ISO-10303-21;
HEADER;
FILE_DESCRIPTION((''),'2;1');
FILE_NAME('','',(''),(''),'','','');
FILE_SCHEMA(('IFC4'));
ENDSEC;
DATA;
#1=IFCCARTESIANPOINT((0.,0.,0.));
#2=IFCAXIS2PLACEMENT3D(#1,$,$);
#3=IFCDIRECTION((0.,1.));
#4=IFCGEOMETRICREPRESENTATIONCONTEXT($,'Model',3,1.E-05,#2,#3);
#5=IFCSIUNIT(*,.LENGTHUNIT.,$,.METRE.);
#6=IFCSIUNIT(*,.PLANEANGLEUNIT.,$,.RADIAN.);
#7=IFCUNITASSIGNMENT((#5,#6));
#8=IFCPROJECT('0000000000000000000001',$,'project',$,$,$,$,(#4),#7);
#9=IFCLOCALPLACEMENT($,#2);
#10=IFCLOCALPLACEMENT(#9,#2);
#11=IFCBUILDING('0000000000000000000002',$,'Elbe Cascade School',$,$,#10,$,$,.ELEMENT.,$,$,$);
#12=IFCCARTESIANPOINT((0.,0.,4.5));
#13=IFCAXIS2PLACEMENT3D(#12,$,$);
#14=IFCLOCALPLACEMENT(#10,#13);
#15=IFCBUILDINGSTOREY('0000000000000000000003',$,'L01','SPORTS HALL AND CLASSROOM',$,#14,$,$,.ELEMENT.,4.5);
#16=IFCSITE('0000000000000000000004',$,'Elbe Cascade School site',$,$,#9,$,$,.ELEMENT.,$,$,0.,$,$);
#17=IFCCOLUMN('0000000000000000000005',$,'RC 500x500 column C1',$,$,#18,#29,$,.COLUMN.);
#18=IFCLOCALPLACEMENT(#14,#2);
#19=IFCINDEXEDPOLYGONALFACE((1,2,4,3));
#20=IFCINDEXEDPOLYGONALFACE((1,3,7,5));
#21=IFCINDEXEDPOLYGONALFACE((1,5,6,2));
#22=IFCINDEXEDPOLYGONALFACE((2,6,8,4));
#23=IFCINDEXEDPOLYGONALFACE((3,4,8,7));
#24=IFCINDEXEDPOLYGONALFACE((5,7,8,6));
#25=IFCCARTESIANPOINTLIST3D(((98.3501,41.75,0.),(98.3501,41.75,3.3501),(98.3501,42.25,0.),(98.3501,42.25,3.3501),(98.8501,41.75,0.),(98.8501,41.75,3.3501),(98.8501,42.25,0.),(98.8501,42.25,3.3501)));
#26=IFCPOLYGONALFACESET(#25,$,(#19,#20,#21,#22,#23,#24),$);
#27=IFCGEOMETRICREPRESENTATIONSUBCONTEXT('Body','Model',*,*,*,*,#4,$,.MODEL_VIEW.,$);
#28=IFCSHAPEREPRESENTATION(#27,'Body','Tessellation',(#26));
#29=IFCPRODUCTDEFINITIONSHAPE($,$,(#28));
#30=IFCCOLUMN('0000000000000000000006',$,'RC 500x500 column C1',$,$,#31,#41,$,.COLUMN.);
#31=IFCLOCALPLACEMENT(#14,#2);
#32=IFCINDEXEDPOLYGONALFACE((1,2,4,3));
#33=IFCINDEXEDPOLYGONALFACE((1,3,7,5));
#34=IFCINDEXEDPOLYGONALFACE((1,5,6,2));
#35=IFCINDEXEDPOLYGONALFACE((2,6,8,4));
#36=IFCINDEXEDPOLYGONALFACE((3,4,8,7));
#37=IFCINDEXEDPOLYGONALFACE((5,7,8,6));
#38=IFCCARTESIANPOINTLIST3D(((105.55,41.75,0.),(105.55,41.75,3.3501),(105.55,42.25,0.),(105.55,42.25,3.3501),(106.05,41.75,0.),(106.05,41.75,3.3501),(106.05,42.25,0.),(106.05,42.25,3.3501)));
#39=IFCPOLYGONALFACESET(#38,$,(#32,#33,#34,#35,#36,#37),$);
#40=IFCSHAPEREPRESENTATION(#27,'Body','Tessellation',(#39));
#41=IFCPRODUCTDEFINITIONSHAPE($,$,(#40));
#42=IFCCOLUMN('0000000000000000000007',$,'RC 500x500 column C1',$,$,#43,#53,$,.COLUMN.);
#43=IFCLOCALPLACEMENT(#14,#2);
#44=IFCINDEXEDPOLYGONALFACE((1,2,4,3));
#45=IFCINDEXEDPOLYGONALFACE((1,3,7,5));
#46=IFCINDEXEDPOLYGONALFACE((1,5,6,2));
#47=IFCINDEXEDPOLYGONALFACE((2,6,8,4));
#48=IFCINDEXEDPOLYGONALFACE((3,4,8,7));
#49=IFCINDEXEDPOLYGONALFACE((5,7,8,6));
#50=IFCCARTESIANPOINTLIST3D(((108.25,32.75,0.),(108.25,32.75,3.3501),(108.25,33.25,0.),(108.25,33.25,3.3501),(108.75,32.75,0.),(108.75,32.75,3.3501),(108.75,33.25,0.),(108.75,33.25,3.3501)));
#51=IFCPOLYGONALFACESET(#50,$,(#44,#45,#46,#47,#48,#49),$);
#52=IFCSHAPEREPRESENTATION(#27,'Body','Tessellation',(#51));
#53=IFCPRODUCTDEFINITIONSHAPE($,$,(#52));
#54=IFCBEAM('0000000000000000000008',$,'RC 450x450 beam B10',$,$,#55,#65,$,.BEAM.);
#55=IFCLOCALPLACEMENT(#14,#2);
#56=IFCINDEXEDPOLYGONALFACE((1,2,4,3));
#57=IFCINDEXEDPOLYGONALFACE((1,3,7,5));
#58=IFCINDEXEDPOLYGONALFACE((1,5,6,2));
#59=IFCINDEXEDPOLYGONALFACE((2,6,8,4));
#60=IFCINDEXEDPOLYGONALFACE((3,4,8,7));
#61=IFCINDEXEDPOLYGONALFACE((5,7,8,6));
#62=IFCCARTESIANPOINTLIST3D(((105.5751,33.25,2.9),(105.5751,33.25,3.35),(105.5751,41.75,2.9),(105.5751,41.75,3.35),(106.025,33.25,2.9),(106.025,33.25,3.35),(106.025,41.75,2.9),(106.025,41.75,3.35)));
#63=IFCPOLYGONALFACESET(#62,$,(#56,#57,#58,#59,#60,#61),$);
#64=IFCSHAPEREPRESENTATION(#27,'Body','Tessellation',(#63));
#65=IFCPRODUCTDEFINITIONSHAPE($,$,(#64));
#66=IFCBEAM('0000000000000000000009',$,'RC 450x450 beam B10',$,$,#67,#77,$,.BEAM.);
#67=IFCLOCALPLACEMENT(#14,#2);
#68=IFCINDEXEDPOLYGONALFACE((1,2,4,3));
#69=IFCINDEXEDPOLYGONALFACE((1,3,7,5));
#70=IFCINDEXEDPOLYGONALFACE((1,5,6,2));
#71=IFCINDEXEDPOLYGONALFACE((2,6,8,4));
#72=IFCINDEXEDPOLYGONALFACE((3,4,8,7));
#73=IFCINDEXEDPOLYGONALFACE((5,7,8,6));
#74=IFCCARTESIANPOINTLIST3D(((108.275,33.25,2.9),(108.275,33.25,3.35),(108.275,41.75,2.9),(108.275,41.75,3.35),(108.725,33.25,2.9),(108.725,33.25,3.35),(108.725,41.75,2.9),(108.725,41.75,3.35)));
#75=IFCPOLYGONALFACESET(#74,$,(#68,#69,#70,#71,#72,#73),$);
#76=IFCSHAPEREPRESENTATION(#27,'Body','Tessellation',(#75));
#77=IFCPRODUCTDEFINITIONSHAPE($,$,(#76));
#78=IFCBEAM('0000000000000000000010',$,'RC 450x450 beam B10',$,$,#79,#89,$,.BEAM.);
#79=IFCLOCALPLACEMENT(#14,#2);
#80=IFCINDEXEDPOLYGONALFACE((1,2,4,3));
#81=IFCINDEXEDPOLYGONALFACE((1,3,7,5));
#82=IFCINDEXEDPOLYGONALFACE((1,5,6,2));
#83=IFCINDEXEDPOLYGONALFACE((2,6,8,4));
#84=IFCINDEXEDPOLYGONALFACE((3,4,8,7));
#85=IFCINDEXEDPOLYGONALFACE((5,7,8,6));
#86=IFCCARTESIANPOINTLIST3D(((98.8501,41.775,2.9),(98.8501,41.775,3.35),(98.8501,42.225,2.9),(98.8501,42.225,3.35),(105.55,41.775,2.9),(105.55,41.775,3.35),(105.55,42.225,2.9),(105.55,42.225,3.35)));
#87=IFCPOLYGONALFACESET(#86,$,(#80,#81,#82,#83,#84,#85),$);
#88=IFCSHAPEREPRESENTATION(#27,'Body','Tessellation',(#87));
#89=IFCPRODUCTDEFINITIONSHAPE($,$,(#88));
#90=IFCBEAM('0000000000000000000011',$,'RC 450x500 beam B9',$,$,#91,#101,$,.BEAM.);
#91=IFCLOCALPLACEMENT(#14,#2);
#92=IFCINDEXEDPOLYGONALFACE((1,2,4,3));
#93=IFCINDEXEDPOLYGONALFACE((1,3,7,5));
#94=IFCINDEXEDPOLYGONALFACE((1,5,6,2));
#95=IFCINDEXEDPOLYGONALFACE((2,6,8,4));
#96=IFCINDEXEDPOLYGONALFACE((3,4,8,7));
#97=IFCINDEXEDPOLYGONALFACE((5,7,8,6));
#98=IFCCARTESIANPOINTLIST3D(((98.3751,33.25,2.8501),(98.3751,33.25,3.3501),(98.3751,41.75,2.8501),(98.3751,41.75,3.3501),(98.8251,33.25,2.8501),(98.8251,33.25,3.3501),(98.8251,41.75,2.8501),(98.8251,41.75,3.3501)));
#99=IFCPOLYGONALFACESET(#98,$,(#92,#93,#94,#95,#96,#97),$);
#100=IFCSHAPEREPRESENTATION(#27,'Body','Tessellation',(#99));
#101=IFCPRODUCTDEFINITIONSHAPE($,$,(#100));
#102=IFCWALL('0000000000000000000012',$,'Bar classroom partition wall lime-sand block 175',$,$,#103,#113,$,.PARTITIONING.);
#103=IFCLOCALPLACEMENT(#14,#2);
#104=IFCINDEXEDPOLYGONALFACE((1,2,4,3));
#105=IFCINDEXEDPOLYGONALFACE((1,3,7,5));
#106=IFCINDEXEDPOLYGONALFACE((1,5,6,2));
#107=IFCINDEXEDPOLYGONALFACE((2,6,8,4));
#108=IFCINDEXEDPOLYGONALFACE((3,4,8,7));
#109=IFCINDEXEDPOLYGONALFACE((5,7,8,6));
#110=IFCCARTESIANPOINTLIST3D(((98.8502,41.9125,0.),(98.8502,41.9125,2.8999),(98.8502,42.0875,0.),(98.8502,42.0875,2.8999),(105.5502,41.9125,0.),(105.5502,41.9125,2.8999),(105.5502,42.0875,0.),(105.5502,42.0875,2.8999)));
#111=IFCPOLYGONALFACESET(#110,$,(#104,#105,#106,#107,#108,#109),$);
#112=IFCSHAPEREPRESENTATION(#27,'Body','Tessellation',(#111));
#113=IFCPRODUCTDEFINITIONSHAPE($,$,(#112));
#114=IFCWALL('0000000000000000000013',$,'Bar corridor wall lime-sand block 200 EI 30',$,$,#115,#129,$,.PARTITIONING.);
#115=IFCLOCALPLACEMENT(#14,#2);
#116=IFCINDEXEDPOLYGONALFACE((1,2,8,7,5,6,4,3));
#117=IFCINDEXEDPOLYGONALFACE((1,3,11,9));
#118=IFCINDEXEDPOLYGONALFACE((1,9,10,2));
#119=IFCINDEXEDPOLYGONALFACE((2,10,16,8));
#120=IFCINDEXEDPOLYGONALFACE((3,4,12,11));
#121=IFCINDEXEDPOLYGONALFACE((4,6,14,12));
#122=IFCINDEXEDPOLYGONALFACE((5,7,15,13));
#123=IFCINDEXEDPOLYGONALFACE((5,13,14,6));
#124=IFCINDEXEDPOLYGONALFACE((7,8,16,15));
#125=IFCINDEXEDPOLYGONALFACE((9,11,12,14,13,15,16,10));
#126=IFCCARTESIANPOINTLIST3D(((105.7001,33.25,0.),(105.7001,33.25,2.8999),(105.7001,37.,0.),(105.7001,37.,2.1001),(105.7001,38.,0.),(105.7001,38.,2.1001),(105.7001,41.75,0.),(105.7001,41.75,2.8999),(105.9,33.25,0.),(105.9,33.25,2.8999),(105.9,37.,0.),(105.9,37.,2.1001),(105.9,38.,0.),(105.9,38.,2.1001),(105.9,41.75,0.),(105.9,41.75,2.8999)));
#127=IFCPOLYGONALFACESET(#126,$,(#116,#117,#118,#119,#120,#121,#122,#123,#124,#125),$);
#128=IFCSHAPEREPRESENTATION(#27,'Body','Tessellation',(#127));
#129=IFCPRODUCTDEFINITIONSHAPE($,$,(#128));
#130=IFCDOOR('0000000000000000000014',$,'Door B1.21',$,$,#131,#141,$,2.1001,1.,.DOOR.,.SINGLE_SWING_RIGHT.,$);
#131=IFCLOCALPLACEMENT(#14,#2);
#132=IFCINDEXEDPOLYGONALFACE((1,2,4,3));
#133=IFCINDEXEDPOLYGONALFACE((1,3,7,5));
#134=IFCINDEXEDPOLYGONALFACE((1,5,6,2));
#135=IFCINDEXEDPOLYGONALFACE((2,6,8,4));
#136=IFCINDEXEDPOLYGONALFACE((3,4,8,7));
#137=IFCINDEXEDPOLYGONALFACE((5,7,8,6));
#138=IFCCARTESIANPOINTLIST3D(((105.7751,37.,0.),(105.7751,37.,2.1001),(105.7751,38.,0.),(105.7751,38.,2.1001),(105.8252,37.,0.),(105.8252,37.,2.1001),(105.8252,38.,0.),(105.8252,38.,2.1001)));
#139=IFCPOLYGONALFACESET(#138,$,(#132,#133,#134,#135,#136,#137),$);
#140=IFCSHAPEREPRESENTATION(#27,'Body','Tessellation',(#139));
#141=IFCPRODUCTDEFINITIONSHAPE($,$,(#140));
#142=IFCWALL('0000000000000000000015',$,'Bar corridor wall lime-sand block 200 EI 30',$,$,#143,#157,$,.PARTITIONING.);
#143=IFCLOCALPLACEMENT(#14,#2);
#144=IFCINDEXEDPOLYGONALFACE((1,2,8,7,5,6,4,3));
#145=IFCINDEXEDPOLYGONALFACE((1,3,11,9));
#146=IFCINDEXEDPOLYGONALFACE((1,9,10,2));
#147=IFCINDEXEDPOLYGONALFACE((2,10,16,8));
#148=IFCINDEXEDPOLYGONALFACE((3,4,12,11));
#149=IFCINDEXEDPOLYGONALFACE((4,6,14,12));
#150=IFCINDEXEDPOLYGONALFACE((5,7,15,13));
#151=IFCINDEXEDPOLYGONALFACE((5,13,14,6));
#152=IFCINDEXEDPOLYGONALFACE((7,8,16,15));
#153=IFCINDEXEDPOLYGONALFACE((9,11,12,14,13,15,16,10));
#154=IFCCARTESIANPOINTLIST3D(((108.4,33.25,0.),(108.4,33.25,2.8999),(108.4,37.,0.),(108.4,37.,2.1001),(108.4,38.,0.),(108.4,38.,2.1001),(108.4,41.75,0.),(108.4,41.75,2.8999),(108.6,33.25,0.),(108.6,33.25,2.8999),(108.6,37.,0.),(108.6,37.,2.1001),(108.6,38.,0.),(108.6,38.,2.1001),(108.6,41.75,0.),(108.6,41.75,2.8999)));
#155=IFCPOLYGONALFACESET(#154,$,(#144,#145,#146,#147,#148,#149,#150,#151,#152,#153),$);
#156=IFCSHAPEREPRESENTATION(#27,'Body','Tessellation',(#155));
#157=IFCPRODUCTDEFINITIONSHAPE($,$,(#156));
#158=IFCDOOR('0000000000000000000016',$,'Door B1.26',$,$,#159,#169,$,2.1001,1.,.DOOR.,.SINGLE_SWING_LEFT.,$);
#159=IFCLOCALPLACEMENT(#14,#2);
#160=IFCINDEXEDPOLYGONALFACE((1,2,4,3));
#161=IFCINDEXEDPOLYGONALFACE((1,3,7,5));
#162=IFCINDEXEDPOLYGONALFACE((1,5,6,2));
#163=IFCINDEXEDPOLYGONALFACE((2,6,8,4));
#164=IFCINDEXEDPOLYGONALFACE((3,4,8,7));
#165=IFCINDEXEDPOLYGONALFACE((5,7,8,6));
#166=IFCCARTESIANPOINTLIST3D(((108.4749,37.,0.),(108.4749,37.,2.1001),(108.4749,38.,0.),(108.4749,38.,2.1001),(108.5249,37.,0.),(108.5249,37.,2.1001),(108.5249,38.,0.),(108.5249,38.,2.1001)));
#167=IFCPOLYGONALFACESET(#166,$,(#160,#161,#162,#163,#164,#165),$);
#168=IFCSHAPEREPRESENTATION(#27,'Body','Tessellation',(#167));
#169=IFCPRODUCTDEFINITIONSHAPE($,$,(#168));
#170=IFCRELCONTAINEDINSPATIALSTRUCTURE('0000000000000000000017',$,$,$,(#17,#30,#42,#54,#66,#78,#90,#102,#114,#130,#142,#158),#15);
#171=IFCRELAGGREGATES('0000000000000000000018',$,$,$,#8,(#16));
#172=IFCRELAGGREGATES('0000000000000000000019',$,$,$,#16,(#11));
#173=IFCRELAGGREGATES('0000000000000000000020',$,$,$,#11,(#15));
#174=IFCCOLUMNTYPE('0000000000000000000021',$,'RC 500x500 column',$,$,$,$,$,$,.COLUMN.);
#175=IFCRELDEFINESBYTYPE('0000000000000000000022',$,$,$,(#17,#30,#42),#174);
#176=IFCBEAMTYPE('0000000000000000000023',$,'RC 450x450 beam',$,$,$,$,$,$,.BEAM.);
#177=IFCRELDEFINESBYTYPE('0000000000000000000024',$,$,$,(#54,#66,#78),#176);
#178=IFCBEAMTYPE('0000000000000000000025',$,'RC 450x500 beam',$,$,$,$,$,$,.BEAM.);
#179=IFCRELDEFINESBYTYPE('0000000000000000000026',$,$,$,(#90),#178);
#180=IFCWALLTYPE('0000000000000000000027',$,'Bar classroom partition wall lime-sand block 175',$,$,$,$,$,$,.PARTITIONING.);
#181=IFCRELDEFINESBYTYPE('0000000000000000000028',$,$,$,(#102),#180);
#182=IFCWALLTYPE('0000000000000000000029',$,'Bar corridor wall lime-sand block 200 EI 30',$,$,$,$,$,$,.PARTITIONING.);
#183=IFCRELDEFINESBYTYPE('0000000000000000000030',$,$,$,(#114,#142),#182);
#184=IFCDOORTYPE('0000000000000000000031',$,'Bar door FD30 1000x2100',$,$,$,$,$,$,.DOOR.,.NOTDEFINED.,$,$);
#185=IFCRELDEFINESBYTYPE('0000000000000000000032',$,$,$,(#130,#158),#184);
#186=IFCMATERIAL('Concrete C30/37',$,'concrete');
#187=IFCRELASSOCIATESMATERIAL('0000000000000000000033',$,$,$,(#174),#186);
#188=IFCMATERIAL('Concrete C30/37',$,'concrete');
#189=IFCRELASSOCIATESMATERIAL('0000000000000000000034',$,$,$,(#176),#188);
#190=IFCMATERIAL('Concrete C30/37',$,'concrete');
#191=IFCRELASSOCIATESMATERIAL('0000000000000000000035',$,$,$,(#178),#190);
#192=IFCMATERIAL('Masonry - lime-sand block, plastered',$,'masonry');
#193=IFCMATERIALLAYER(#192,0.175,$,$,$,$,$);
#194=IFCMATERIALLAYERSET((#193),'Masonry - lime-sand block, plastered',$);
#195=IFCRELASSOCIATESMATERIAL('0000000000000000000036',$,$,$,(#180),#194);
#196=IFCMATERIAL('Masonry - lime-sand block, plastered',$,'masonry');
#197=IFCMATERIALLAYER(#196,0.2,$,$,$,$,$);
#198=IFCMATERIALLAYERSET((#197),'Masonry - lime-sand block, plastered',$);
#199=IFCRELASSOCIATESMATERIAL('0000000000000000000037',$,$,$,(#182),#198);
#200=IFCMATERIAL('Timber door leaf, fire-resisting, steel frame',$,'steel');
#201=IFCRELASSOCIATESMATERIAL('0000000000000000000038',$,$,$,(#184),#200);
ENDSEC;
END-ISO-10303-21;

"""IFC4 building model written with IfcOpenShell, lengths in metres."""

from ifc_helpers import new_model, si_unit, direction, frame, frame_2d, origin, origin_2d, place, context, subcontext, project, spatial, rectangle, extrude, material, layer, layer_set, material_profile, profile_set, type_object, element, fill, save


model = new_model("IFC4")

# Units and contexts
model_context = context("Model", 3, precision=1e-05, world=origin(), true_north=direction((0.0, 1.0)))
body_context = subcontext(model_context, "Body", "Model", "MODEL_VIEW")
ifc_project = project(units=[si_unit("LENGTHUNIT", "METRE"), si_unit("PLANEANGLEUNIT", "RADIAN")], contexts=[model_context])

# Site, building, storey
site_placement = place(None, origin())
site = spatial("IfcSite", under=ifc_project, at=site_placement, Name="Elbe Cascade School site", CompositionType="ELEMENT", RefElevation=0.0)
building_placement = place(site_placement, origin())
building = spatial("IfcBuilding", under=site, at=building_placement, Name="Elbe Cascade School", CompositionType="ELEMENT")
storey_placement = place(building_placement, frame((0.0, 0.0, 4.5)))
storey = spatial("IfcBuildingStorey", under=building, at=storey_placement, Name="L01", Description="SPORTS HALL AND CLASSROOM", CompositionType="ELEMENT", Elevation=4.5)

# Columns
ifc_material_1 = material(Name="Concrete C30/37", Category="concrete")
ifc_material_profile_1 = material_profile(ifc_material_1, rectangle(XDim=0.5, YDim=0.5, at=origin_2d()), Name="RC 500x500")
ifc_profile_set_1 = profile_set([ifc_material_profile_1], Name="Concrete C30/37")
column_type = type_object("IfcColumnType", Name="RC 500x500 column", PredefinedType="COLUMN", material=ifc_profile_set_1)
for number, where, z_axis, x_axis, name in (
    (1, (98.6001, 42.0, 0.0), (0.0, 0.0, 1.0), (1.0, 0.0, 0.0), "RC 500x500 column C1"),
    (2, (105.8, 42.0, 0.0), (0.0, 0.0, 1.0), (1.0, 0.0, 0.0), "RC 500x500 column C1"),
    (3, (108.5, 33.0, 0.0), (0.0, 0.0, 1.0), (1.0, 0.0, 0.0), "RC 500x500 column C1"),
):
    element("IfcColumn", number, at=place(storey_placement, frame(where, z_axis=z_axis, x_axis=x_axis)), inside=storey, type_object=column_type, Name=name, PredefinedType="COLUMN", context=body_context, shape_type="SweptSolid", body=[
        extrude(rectangle(XDim=0.5, YDim=0.5, at=origin_2d()), origin(), (0.0, 0.0, 1.0), 3.3501),
    ])

# Beams
ifc_material_2 = material(Name="Concrete C30/37", Category="concrete")
ifc_material_profile_2 = material_profile(ifc_material_2, rectangle(XDim=0.45, YDim=0.45, at=origin_2d()), Name="RC 450x450")
ifc_profile_set_2 = profile_set([ifc_material_profile_2], Name="Concrete C30/37")
beam_type_1 = type_object("IfcBeamType", Name="RC 450x450 beam", PredefinedType="BEAM", material=ifc_profile_set_2)
for number, where, z_axis, x_axis, name in (
    (4, (105.8, 33.25, 3.125), (0.0, 1.0, 0.0), (-1.0, 0.0, 0.0), "RC 450x450 beam B10"),
    (5, (108.5, 33.25, 3.125), (0.0, 1.0, 0.0), (-1.0, 0.0, 0.0), "RC 450x450 beam B10"),
):
    element("IfcBeam", number, at=place(storey_placement, frame(where, z_axis=z_axis, x_axis=x_axis)), inside=storey, type_object=beam_type_1, Name=name, PredefinedType="BEAM", context=body_context, shape_type="SweptSolid", body=[
        extrude(rectangle(XDim=0.45, YDim=0.45, at=origin_2d()), origin(), (0.0, 0.0, 1.0), 8.5),
    ])
beam_1_placement = place(storey_placement, frame((98.8501, 42.0, 3.125), z_axis=(1.0, 0.0, 0.0), x_axis=(0.0, 1.0, 0.0)))
element("IfcBeam", 6, at=beam_1_placement, inside=storey, type_object=beam_type_1, Name="RC 450x450 beam B10", PredefinedType="BEAM", context=body_context, shape_type="SweptSolid", body=[
    extrude(rectangle(XDim=0.45, YDim=0.45, at=origin_2d()), origin(), (0.0, 0.0, 1.0), 6.7),
])
ifc_material_3 = material(Name="Concrete C30/37", Category="concrete")
ifc_material_profile_3 = material_profile(ifc_material_3, rectangle(XDim=0.45, YDim=0.5, at=origin_2d()), Name="RC 450x500")
ifc_profile_set_3 = profile_set([ifc_material_profile_3], Name="Concrete C30/37")
beam_type_2 = type_object("IfcBeamType", Name="RC 450x500 beam", PredefinedType="BEAM", material=ifc_profile_set_3)
beam_2_placement = place(storey_placement, frame((98.6001, 33.25, 3.1001), z_axis=(0.0, 1.0, 0.0), x_axis=(-1.0, 0.0, 0.0)))
element("IfcBeam", 7, at=beam_2_placement, inside=storey, type_object=beam_type_2, Name="RC 450x500 beam B9", PredefinedType="BEAM", context=body_context, shape_type="SweptSolid", body=[
    extrude(rectangle(XDim=0.45, YDim=0.5, at=origin_2d()), origin(), (0.0, 0.0, 1.0), 8.5),
])

# Wall
ifc_material_4 = material(Name="Masonry - lime-sand block, plastered", Category="masonry")
ifc_layer_1 = layer(ifc_material_4, 0.175)
ifc_layer_set_1 = layer_set([ifc_layer_1], Name="Masonry - lime-sand block, plastered")
wall_type_1 = type_object("IfcWallType", Name="Bar classroom partition wall lime-sand block 175", PredefinedType="PARTITIONING", material=ifc_layer_set_1)
wall_1_placement = place(storey_placement, frame((98.8501, 42.0, 0.0), z_axis=(0.0, 0.0, 1.0), x_axis=(1.0, 0.0, 0.0)))
element("IfcWall", 8, at=wall_1_placement, inside=storey, type_object=wall_type_1, Name="Bar classroom partition wall lime-sand block 175", PredefinedType="PARTITIONING", context=body_context, shape_type="SweptSolid", body=[
    extrude(rectangle(XDim=6.7, YDim=0.175, at=frame_2d((3.3501, 0.0))), origin(), (0.0, 0.0, 1.0), 2.8999),
])

# Walls, openings, doors
ifc_material_5 = material(Name="Masonry - lime-sand block, plastered", Category="masonry")
ifc_layer_2 = layer(ifc_material_5, 0.2)
ifc_layer_set_2 = layer_set([ifc_layer_2], Name="Masonry - lime-sand block, plastered")
wall_type_2 = type_object("IfcWallType", Name="Bar corridor wall lime-sand block 200 EI 30", PredefinedType="PARTITIONING", material=ifc_layer_set_2)
wall_2_placement = place(storey_placement, frame((105.8, 33.25, 0.0), z_axis=(0.0, 0.0, 1.0), x_axis=(0.0, 1.0, 0.0)))
wall_2 = element("IfcWall", 9, at=wall_2_placement, inside=storey, type_object=wall_type_2, Name="Bar corridor wall lime-sand block 200 EI 30", PredefinedType="PARTITIONING", context=body_context, shape_type="SweptSolid", body=[
    extrude(rectangle(XDim=8.5, YDim=0.2, at=frame_2d((4.25, 0.0))), origin(), (0.0, 0.0, 1.0), 2.8999),
])
opening_1_placement = place(wall_2_placement, frame((3.75, 0.0, 0.0)))
opening_1 = element("IfcOpeningElement", 10, at=opening_1_placement, cuts=wall_2, PredefinedType="OPENING", context=body_context, shape_type="SweptSolid", body=[
    extrude(rectangle(XDim=1.0, YDim=2.1001, at=frame_2d((0.5, 1.05))), frame((0.0, 0.1099, 0.0), z_axis=(0.0, -1.0, 0.0), x_axis=(1.0, 0.0, 0.0)), (0.0, 0.0, 1.0), 0.22),
])
ifc_material_6 = material(Name="Timber door leaf, fire-resisting, steel frame", Category="steel")
door_type = type_object("IfcDoorType", Name="Bar door FD30 1000x2100", OperationType="NOTDEFINED", PredefinedType="DOOR", material=ifc_material_6)
door_1_placement = place(opening_1_placement, origin())
door_1 = element("IfcDoor", 11, at=door_1_placement, inside=storey, type_object=door_type, Name="Door B1.21", OperationType="SINGLE_SWING_RIGHT", OverallHeight=2.1001, OverallWidth=1.0, PredefinedType="DOOR", context=body_context, shape_type="SweptSolid", body=[
    extrude(rectangle(XDim=1.0, YDim=2.1001, at=frame_2d((0.5, 1.05))), frame((0.0, 0.0249, 0.0), z_axis=(0.0, -1.0, 0.0), x_axis=(1.0, 0.0, 0.0)), (0.0, 0.0, 1.0), 0.05),
])
fill(opening_1, door_1)
wall_3_placement = place(storey_placement, frame((108.5, 41.75, 0.0), z_axis=(0.0, 0.0, 1.0), x_axis=(0.0, -1.0, 0.0)))
wall_3 = element("IfcWall", 12, at=wall_3_placement, inside=storey, type_object=wall_type_2, Name="Bar corridor wall lime-sand block 200 EI 30", PredefinedType="PARTITIONING", context=body_context, shape_type="SweptSolid", body=[
    extrude(rectangle(XDim=8.5, YDim=0.2, at=frame_2d((4.25, 0.0))), origin(), (0.0, 0.0, 1.0), 2.8999),
])
opening_2_placement = place(wall_3_placement, frame((3.75, 0.0, 0.0)))
opening_2 = element("IfcOpeningElement", 13, at=opening_2_placement, cuts=wall_3, PredefinedType="OPENING", context=body_context, shape_type="SweptSolid", body=[
    extrude(rectangle(XDim=1.0, YDim=2.1001, at=frame_2d((0.5, 1.05))), frame((0.0, 0.1099, 0.0), z_axis=(0.0, -1.0, 0.0), x_axis=(1.0, 0.0, 0.0)), (0.0, 0.0, 1.0), 0.22),
])
door_2_placement = place(opening_2_placement, origin())
door_2 = element("IfcDoor", 14, at=door_2_placement, inside=storey, type_object=door_type, Name="Door B1.26", OperationType="SINGLE_SWING_LEFT", OverallHeight=2.1001, OverallWidth=1.0, PredefinedType="DOOR", context=body_context, shape_type="SweptSolid", body=[
    extrude(rectangle(XDim=1.0, YDim=2.1001, at=frame_2d((0.5, 1.05))), frame((0.0, 0.0249, 0.0), z_axis=(0.0, -1.0, 0.0), x_axis=(1.0, 0.0, 0.0)), (0.0, 0.0, 1.0), 0.05),
])
fill(opening_2, door_2)

save(model, "model.ifc")
